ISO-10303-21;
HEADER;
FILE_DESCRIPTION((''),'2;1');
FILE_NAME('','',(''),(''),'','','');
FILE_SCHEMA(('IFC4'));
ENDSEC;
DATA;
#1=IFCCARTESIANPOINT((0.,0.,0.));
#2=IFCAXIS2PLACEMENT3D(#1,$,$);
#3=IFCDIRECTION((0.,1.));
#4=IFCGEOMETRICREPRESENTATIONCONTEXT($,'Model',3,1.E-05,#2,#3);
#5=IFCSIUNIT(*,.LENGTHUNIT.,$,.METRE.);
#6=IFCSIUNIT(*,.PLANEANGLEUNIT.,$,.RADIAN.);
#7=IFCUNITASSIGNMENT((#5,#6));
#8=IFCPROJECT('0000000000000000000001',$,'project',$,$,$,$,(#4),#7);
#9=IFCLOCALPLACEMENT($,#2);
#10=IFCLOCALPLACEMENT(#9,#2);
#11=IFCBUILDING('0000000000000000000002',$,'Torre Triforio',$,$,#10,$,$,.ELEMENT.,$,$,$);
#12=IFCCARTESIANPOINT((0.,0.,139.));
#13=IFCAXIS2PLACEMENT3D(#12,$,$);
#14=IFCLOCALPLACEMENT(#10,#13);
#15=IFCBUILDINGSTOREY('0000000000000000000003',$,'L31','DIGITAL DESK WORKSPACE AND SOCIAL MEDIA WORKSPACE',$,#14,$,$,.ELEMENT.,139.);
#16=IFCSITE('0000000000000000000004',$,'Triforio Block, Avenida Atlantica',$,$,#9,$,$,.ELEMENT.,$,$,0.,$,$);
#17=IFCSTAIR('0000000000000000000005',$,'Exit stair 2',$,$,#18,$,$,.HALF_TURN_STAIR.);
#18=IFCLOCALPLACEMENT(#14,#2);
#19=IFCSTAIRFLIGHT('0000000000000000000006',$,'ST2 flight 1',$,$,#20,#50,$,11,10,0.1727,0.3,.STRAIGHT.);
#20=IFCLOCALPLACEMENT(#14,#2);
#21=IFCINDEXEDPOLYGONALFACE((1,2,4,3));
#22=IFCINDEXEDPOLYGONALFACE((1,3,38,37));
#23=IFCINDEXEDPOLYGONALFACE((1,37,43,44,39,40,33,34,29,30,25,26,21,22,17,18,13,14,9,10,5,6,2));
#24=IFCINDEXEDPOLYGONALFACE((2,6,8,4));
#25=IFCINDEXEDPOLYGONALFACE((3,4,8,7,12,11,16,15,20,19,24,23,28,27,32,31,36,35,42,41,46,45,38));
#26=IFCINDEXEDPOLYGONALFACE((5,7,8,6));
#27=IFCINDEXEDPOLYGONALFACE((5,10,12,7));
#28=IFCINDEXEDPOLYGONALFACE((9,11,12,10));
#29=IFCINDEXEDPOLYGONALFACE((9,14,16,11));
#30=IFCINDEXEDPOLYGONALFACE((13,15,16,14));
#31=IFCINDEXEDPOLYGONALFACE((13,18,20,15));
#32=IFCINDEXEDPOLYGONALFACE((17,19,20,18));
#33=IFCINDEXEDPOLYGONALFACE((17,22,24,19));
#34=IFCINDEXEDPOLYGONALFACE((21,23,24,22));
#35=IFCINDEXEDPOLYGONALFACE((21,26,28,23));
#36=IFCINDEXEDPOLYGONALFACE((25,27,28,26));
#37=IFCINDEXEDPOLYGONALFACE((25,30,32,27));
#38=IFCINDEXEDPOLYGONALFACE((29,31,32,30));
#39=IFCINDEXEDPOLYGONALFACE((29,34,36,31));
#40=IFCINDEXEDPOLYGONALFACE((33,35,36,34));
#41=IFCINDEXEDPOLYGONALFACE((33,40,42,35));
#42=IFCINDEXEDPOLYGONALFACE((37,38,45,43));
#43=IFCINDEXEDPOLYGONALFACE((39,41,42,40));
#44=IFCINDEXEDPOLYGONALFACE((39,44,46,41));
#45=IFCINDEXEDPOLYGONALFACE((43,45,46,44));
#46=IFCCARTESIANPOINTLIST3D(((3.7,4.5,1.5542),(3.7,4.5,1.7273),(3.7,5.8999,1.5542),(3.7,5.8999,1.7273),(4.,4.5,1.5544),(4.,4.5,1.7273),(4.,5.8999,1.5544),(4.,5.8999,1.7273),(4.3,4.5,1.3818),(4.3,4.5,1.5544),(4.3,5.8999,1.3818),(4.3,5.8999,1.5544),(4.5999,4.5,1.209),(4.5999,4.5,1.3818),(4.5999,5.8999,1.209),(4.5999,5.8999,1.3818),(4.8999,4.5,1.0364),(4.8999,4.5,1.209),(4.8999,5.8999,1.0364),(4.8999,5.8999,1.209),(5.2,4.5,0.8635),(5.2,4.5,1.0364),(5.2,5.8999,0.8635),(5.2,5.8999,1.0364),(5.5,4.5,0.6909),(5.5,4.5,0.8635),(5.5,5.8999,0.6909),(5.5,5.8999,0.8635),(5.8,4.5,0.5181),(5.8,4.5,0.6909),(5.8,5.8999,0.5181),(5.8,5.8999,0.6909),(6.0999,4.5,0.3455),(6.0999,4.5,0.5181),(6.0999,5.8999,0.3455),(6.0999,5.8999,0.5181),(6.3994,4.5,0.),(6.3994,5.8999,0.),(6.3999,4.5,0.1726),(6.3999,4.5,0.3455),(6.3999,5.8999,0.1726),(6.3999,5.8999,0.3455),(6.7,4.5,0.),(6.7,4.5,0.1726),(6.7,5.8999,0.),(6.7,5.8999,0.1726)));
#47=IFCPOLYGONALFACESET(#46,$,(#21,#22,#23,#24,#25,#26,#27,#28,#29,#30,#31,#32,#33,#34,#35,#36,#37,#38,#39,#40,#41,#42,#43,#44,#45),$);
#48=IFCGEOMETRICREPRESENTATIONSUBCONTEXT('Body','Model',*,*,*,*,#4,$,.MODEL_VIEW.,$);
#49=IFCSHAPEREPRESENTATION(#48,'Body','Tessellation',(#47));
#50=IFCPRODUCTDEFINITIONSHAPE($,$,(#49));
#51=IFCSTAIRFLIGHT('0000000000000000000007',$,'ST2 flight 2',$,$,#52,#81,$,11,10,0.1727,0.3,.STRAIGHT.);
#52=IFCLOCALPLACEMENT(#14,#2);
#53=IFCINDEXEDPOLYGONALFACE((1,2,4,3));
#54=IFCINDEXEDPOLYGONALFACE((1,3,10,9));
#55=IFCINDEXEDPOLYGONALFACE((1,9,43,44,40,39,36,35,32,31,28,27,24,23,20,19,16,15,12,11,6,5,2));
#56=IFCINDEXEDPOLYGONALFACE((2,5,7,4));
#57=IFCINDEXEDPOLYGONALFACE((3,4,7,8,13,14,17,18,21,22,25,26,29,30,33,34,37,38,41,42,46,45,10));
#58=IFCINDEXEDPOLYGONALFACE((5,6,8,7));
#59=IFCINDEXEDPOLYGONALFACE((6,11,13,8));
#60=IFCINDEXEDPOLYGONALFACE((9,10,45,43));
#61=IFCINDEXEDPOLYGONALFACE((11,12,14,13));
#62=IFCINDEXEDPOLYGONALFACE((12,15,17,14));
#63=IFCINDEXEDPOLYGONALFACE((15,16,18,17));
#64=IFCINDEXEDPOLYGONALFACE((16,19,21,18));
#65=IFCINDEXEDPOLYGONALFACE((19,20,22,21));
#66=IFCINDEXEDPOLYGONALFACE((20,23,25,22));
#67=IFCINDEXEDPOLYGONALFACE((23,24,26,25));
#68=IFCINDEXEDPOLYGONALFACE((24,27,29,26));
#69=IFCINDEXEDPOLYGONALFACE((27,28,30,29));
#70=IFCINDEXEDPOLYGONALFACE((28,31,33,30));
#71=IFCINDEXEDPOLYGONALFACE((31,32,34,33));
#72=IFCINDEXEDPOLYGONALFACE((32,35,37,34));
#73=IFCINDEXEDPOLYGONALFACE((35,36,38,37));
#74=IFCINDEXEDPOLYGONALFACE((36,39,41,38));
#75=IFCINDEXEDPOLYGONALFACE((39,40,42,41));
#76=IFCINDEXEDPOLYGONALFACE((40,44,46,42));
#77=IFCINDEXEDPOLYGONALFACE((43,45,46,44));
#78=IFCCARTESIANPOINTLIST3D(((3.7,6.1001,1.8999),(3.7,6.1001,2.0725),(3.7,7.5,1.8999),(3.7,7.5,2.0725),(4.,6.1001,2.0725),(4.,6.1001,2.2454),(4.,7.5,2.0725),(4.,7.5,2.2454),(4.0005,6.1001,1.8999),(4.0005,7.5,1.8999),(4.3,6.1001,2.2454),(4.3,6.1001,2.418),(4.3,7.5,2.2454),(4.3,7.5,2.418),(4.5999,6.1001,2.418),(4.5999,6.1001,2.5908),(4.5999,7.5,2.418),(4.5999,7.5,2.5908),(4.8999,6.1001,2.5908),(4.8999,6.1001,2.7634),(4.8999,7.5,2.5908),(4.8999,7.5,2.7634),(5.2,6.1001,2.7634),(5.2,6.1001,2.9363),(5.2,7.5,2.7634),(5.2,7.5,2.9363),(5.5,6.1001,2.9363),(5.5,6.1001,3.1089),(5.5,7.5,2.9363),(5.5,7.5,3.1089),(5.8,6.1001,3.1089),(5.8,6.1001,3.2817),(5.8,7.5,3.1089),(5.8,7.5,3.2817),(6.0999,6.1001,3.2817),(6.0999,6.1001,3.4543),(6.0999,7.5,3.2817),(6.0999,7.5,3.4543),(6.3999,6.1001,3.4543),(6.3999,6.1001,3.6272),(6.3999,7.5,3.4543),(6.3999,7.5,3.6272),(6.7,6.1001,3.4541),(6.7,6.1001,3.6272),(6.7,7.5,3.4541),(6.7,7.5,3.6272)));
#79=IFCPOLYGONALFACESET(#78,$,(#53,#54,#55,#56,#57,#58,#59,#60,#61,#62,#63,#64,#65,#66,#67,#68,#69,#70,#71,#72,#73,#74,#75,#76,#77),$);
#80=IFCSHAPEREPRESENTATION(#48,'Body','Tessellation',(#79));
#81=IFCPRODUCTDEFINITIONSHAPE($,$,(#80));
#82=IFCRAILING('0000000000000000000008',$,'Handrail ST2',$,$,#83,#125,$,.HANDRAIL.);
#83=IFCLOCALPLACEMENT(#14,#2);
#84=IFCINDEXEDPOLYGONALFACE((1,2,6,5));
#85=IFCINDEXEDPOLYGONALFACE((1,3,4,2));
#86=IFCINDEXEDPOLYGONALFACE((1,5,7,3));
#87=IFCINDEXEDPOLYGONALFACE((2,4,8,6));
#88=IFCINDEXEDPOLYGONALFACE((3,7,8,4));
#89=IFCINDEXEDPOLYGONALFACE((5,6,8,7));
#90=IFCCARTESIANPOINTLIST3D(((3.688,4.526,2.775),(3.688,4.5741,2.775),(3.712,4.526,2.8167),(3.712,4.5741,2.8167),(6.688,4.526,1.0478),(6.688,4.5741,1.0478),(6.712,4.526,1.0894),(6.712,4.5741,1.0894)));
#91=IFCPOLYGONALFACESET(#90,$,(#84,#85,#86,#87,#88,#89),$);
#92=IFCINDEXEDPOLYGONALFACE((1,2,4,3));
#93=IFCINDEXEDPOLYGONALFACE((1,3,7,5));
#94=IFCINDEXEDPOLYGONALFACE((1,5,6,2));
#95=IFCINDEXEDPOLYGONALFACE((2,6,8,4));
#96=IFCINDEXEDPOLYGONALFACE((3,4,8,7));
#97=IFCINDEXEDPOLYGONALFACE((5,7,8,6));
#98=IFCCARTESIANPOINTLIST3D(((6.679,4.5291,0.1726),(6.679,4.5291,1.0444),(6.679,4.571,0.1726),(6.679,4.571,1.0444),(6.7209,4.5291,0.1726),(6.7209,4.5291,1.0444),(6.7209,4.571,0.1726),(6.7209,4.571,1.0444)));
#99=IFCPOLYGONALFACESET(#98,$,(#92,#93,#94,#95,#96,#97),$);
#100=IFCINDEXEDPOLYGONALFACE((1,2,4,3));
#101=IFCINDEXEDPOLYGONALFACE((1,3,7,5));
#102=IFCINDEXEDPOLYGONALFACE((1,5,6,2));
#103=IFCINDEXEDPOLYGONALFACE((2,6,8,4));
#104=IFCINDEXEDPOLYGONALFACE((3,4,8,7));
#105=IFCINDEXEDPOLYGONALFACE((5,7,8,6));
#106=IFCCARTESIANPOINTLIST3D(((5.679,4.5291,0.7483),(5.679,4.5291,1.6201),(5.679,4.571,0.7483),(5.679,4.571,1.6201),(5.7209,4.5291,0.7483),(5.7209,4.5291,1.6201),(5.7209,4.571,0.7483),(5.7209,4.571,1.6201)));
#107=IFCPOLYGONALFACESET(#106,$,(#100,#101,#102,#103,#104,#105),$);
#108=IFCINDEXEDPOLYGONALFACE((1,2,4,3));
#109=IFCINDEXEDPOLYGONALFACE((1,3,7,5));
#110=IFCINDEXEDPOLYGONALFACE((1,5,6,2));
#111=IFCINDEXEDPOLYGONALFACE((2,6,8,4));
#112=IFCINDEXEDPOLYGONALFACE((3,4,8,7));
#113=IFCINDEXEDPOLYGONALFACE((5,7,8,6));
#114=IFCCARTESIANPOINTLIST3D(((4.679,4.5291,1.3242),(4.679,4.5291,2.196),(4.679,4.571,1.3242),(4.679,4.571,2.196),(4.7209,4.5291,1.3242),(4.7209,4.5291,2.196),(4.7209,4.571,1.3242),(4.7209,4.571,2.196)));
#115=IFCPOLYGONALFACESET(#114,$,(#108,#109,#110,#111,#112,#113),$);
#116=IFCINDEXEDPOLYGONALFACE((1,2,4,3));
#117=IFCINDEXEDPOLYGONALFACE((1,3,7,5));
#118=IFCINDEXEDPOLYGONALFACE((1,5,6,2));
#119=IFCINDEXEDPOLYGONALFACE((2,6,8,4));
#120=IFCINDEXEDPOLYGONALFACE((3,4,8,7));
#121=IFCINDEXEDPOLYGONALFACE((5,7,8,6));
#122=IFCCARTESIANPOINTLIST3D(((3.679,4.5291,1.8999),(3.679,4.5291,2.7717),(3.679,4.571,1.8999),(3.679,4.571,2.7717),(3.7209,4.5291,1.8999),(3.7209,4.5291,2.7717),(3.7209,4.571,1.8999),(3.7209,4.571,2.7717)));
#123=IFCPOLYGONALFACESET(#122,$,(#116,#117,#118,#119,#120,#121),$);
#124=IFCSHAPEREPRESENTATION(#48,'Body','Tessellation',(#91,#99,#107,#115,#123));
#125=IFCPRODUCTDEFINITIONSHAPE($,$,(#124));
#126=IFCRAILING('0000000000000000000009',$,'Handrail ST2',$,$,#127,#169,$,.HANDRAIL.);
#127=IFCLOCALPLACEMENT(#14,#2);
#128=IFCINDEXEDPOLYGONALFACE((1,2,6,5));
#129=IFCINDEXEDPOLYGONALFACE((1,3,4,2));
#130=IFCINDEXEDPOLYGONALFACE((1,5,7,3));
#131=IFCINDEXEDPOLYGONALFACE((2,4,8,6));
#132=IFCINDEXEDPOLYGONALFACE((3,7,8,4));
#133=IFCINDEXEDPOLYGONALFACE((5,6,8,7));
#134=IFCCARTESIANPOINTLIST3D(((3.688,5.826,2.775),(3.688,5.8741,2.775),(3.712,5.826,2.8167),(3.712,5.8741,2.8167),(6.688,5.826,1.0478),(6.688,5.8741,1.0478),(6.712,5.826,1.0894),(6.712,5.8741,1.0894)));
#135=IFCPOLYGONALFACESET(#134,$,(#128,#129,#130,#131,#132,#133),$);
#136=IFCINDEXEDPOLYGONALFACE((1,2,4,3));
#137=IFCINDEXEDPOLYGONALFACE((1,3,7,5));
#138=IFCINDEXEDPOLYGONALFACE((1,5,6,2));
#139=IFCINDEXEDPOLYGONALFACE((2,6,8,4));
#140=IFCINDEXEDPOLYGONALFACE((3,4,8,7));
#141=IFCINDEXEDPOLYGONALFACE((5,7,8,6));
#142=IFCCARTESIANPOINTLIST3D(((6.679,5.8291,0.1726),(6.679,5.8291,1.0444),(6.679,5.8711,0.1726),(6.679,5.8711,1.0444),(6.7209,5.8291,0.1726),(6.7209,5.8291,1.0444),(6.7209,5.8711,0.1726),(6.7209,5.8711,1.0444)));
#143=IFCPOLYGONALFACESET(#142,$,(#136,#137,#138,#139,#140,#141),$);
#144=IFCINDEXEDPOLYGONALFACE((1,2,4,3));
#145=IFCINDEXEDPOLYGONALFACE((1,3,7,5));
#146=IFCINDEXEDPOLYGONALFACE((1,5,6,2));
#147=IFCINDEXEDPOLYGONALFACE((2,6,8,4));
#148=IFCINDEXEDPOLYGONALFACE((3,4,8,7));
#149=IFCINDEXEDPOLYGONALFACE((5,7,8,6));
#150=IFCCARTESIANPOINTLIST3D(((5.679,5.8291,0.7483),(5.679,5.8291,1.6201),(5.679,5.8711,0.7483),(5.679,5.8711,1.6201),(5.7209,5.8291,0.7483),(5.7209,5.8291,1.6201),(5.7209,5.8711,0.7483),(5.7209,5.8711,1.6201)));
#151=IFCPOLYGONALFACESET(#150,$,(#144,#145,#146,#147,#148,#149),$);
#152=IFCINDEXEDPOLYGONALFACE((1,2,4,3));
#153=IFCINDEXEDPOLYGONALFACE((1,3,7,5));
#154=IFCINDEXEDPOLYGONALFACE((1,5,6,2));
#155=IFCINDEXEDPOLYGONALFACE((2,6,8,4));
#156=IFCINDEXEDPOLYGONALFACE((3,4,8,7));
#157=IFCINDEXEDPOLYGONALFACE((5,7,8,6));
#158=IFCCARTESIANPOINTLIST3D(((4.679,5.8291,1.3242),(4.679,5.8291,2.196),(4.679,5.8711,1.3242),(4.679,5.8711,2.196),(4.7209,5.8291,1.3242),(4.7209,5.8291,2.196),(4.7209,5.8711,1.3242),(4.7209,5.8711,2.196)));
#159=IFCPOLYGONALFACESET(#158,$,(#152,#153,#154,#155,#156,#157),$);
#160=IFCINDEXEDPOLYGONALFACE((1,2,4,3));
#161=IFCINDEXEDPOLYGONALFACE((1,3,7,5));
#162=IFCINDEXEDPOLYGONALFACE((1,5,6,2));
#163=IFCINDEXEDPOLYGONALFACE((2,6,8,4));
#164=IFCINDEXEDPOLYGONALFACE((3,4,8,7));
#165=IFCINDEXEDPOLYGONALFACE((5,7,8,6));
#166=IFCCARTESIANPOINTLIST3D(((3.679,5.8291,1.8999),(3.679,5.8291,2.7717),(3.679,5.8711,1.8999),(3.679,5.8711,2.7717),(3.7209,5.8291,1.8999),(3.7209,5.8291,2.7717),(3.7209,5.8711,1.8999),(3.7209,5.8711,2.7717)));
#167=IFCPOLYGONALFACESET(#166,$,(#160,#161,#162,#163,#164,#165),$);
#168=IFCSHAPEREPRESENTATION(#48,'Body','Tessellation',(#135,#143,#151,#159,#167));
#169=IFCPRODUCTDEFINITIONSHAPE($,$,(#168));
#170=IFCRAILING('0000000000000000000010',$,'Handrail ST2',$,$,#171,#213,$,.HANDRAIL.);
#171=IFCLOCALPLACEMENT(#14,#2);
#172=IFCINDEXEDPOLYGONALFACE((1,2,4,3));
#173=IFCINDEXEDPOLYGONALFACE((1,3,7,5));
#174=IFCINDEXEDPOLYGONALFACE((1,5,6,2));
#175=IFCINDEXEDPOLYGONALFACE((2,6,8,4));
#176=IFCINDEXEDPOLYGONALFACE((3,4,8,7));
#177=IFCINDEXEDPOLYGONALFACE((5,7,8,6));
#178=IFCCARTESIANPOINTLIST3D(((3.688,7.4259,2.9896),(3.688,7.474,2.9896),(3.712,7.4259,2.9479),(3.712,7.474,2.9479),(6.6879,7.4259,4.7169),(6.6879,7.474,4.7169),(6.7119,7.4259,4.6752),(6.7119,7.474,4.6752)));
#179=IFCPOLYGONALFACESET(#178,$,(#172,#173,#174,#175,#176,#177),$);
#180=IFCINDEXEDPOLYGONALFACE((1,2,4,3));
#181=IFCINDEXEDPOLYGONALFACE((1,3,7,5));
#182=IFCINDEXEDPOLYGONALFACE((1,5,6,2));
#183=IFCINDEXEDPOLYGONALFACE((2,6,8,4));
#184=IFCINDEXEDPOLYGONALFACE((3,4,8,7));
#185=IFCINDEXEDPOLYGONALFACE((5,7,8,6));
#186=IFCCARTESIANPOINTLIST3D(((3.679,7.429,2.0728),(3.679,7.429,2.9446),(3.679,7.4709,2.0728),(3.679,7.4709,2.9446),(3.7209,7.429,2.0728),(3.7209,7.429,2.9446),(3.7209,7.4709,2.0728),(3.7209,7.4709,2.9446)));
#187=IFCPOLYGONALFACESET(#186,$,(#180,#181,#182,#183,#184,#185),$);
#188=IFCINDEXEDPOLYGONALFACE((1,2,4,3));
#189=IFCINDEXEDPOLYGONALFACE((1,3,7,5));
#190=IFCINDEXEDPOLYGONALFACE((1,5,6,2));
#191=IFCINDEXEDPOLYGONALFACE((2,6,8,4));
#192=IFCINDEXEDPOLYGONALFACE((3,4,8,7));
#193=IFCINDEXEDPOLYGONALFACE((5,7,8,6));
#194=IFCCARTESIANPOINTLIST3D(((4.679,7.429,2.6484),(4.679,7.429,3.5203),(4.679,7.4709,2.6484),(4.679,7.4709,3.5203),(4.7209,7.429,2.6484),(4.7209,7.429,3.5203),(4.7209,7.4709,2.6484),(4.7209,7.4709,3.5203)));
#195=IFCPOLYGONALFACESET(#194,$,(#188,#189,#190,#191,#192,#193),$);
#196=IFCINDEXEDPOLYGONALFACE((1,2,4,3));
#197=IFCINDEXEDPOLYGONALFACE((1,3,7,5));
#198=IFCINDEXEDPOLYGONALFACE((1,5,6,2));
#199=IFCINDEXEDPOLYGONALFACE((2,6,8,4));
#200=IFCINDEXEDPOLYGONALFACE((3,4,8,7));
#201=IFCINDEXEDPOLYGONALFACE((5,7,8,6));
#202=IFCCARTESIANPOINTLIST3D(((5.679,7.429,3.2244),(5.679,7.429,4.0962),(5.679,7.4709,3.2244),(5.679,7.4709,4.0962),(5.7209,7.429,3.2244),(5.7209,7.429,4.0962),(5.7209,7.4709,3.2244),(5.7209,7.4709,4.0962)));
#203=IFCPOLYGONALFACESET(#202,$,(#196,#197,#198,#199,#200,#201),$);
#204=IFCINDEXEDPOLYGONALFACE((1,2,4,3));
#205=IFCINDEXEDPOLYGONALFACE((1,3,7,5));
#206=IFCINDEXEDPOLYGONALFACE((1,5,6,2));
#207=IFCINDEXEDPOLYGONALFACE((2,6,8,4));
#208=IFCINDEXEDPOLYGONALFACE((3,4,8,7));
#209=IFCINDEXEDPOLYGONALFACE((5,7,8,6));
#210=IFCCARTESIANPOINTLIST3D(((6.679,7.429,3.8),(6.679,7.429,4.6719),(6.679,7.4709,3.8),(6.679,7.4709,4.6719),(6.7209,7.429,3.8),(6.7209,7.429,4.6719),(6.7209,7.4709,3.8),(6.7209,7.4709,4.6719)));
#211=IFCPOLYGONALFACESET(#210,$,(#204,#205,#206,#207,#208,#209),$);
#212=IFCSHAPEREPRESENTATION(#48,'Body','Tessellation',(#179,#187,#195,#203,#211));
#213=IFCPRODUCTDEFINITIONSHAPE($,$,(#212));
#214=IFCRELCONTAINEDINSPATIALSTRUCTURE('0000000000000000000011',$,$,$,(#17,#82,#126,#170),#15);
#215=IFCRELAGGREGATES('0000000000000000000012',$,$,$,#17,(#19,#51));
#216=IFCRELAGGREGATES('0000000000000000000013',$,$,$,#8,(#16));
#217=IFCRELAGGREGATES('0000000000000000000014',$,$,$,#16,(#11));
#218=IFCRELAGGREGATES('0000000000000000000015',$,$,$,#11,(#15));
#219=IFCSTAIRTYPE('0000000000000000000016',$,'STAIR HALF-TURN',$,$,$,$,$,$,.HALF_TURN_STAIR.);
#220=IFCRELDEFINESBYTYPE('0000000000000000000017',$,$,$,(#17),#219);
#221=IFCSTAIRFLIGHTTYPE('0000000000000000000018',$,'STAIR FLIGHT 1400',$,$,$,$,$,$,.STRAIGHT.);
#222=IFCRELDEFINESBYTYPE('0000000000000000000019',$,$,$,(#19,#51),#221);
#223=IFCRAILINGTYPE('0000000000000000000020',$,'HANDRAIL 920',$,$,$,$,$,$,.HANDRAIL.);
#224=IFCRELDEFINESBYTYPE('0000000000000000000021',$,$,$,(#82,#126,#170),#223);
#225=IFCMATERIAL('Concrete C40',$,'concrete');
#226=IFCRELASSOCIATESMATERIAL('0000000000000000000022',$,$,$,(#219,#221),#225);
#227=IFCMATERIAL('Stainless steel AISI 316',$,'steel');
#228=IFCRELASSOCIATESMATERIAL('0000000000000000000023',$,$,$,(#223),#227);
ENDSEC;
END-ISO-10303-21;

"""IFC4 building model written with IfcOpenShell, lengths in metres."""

from ifc_helpers import new_model, si_unit, direction, frame, origin, origin_2d, place, context, subcontext, project, spatial, polyline, rectangle, outline, extrude, material, type_object, element, aggregate, save


model = new_model("IFC4")

# Units and contexts
model_context = context("Model", 3, precision=1e-05, world=origin(), true_north=direction((0.0, 1.0)))
body_context = subcontext(model_context, "Body", "Model", "MODEL_VIEW")
ifc_project = project(units=[si_unit("LENGTHUNIT", "METRE"), si_unit("PLANEANGLEUNIT", "RADIAN")], contexts=[model_context])

# Site, building, storey
site_placement = place(None, origin())
site = spatial("IfcSite", under=ifc_project, at=site_placement, Name="Triforio Block, Avenida Atlantica", CompositionType="ELEMENT", RefElevation=0.0)
building_placement = place(site_placement, origin())
building = spatial("IfcBuilding", under=site, at=building_placement, Name="Torre Triforio", CompositionType="ELEMENT")
storey_placement = place(building_placement, frame((0.0, 0.0, 139.0)))
storey = spatial("IfcBuildingStorey", under=building, at=storey_placement, Name="L31", Description="DIGITAL DESK WORKSPACE AND SOCIAL MEDIA WORKSPACE", CompositionType="ELEMENT", Elevation=139.0)

# Stair, stair flights
ifc_material_1 = material(Name="Concrete C40", Category="concrete")
stair_type = type_object("IfcStairType", Name="STAIR HALF-TURN", PredefinedType="HALF_TURN_STAIR", material=ifc_material_1)
stair_placement = place(storey_placement, origin())
stair = element("IfcStair", 1, at=stair_placement, inside=storey, type_object=stair_type, Name="Exit stair 2", PredefinedType="HALF_TURN_STAIR")
stair_flight_type = type_object("IfcStairFlightType", Name="STAIR FLIGHT 1400", PredefinedType="STRAIGHT", material=ifc_material_1)
stair_flight_1_placement = place(storey_placement, frame((6.7, 5.2, 0.0), z_axis=(0.0, 0.0, 1.0), x_axis=(-1.0, 0.0, 0.0)))
stair_flight_1 = element("IfcStairFlight", 2, at=stair_flight_1_placement, type_object=stair_flight_type, Name="ST2 flight 1", NumberOfRisers=11, NumberOfTreads=10, PredefinedType="STRAIGHT", RiserHeight=0.1727, TreadLength=0.3, context=body_context, shape_type="SweptSolid", body=[
    extrude(outline(polyline([(0.0, 0.0), (0.0, 0.1726), (0.3, 0.1726), (0.3, 0.3455), (0.6001, 0.3455), (0.6001, 0.5181), (0.8999, 0.5181), (0.8999, 0.6909), (1.2, 0.6909), (1.2, 0.8635), (1.5, 0.8635), (1.5, 1.0364), (1.8, 1.0364), (1.8, 1.209), (2.1001, 1.209), (2.1001, 1.3818), (2.3999, 1.3818), (2.3999, 1.5544), (2.7, 1.5544), (2.7, 1.7273), (3.0, 1.7273), (3.0, 1.8999), (3.0, 1.5542), (0.3005, 0.0), (0.0, 0.0)])), frame((0.0, 0.7, 0.0), z_axis=(0.0, -1.0, 0.0), x_axis=(1.0, 0.0, 0.0)), (0.0, 0.0, 1.0), 1.3999),
])
stair_flight_2_placement = place(storey_placement, frame((3.7, 6.8, 1.8999), z_axis=(0.0, 0.0, 1.0), x_axis=(1.0, 0.0, 0.0)))
stair_flight_2 = element("IfcStairFlight", 3, at=stair_flight_2_placement, type_object=stair_flight_type, Name="ST2 flight 2", NumberOfRisers=11, NumberOfTreads=10, PredefinedType="STRAIGHT", RiserHeight=0.1727, TreadLength=0.3, context=body_context, shape_type="SweptSolid", body=[
    extrude(outline(polyline([(0.0, 0.0), (0.0, 0.1726), (0.3, 0.1726), (0.3, 0.3455), (0.6001, 0.3455), (0.6001, 0.5181), (0.8999, 0.5181), (0.8999, 0.6909), (1.2, 0.6909), (1.2, 0.8635), (1.5, 0.8635), (1.5, 1.0364), (1.8, 1.0364), (1.8, 1.209), (2.1001, 1.209), (2.1001, 1.3818), (2.3999, 1.3818), (2.3999, 1.5544), (2.7, 1.5544), (2.7, 1.7273), (3.0, 1.7273), (3.0, 1.8999), (3.0, 1.5542), (0.3005, 0.0), (0.0, 0.0)])), frame((0.0, 0.7, 0.0), z_axis=(0.0, -1.0, 0.0), x_axis=(1.0, 0.0, 0.0)), (0.0, 0.0, 1.0), 1.3999),
])
aggregate(stair, [stair_flight_1, stair_flight_2])

# Railings
ifc_material_2 = material(Name="Stainless steel AISI 316", Category="steel")
railing_type = type_object("IfcRailingType", Name="HANDRAIL 920", PredefinedType="HANDRAIL", material=ifc_material_2)
for number, where, name in (
    (4, (6.7, 4.55, 0.1726), "Handrail ST2"),
    (5, (6.7, 5.8501, 0.1726), "Handrail ST2"),
):
    element("IfcRailing", number, at=place(storey_placement, frame(where)), inside=storey, type_object=railing_type, Name=name, PredefinedType="HANDRAIL", context=body_context, shape_type="SweptSolid", body=[
        extrude(rectangle(XDim=0.0481, YDim=0.0481, at=origin_2d()), frame((0.0, 0.0, 0.896), z_axis=(-0.86662, 0.0, 0.498969), x_axis=(0.0, -1.0, 0.0)), (0.0, 0.0, 1.0), 3.4617),
        extrude(rectangle(XDim=0.042, YDim=0.042, at=origin_2d()), origin(), (0.0, 0.0, 1.0), 0.8718),
        extrude(rectangle(XDim=0.042, YDim=0.042, at=origin_2d()), frame((-1.0, 0.0, 0.5757)), (0.0, 0.0, 1.0), 0.8718),
        extrude(rectangle(XDim=0.042, YDim=0.042, at=origin_2d()), frame((-2.0, 0.0, 1.1516)), (0.0, 0.0, 1.0), 0.8718),
        extrude(rectangle(XDim=0.042, YDim=0.042, at=origin_2d()), frame((-3.0, 0.0, 1.7273)), (0.0, 0.0, 1.0), 0.8718),
    ])
for number, where, name in (
    (6, (3.7, 7.45, 2.0728), "Handrail ST2"),
):
    element("IfcRailing", number, at=place(storey_placement, frame(where)), inside=storey, type_object=railing_type, Name=name, PredefinedType="HANDRAIL", context=body_context, shape_type="SweptSolid", body=[
        extrude(rectangle(XDim=0.0481, YDim=0.0481, at=origin_2d()), frame((0.0, 0.0, 0.896), z_axis=(0.86662, 0.0, 0.498969), x_axis=(0.0, 1.0, 0.0)), (0.0, 0.0, 1.0), 3.4617),
        extrude(rectangle(XDim=0.042, YDim=0.042, at=origin_2d()), origin(), (0.0, 0.0, 1.0), 0.8718),
        extrude(rectangle(XDim=0.042, YDim=0.042, at=origin_2d()), frame((1.0, 0.0, 0.5757)), (0.0, 0.0, 1.0), 0.8718),
        extrude(rectangle(XDim=0.042, YDim=0.042, at=origin_2d()), frame((2.0, 0.0, 1.1516)), (0.0, 0.0, 1.0), 0.8718),
        extrude(rectangle(XDim=0.042, YDim=0.042, at=origin_2d()), frame((3.0, 0.0, 1.7273)), (0.0, 0.0, 1.0), 0.8718),
    ])

save(model, "model.ifc")
